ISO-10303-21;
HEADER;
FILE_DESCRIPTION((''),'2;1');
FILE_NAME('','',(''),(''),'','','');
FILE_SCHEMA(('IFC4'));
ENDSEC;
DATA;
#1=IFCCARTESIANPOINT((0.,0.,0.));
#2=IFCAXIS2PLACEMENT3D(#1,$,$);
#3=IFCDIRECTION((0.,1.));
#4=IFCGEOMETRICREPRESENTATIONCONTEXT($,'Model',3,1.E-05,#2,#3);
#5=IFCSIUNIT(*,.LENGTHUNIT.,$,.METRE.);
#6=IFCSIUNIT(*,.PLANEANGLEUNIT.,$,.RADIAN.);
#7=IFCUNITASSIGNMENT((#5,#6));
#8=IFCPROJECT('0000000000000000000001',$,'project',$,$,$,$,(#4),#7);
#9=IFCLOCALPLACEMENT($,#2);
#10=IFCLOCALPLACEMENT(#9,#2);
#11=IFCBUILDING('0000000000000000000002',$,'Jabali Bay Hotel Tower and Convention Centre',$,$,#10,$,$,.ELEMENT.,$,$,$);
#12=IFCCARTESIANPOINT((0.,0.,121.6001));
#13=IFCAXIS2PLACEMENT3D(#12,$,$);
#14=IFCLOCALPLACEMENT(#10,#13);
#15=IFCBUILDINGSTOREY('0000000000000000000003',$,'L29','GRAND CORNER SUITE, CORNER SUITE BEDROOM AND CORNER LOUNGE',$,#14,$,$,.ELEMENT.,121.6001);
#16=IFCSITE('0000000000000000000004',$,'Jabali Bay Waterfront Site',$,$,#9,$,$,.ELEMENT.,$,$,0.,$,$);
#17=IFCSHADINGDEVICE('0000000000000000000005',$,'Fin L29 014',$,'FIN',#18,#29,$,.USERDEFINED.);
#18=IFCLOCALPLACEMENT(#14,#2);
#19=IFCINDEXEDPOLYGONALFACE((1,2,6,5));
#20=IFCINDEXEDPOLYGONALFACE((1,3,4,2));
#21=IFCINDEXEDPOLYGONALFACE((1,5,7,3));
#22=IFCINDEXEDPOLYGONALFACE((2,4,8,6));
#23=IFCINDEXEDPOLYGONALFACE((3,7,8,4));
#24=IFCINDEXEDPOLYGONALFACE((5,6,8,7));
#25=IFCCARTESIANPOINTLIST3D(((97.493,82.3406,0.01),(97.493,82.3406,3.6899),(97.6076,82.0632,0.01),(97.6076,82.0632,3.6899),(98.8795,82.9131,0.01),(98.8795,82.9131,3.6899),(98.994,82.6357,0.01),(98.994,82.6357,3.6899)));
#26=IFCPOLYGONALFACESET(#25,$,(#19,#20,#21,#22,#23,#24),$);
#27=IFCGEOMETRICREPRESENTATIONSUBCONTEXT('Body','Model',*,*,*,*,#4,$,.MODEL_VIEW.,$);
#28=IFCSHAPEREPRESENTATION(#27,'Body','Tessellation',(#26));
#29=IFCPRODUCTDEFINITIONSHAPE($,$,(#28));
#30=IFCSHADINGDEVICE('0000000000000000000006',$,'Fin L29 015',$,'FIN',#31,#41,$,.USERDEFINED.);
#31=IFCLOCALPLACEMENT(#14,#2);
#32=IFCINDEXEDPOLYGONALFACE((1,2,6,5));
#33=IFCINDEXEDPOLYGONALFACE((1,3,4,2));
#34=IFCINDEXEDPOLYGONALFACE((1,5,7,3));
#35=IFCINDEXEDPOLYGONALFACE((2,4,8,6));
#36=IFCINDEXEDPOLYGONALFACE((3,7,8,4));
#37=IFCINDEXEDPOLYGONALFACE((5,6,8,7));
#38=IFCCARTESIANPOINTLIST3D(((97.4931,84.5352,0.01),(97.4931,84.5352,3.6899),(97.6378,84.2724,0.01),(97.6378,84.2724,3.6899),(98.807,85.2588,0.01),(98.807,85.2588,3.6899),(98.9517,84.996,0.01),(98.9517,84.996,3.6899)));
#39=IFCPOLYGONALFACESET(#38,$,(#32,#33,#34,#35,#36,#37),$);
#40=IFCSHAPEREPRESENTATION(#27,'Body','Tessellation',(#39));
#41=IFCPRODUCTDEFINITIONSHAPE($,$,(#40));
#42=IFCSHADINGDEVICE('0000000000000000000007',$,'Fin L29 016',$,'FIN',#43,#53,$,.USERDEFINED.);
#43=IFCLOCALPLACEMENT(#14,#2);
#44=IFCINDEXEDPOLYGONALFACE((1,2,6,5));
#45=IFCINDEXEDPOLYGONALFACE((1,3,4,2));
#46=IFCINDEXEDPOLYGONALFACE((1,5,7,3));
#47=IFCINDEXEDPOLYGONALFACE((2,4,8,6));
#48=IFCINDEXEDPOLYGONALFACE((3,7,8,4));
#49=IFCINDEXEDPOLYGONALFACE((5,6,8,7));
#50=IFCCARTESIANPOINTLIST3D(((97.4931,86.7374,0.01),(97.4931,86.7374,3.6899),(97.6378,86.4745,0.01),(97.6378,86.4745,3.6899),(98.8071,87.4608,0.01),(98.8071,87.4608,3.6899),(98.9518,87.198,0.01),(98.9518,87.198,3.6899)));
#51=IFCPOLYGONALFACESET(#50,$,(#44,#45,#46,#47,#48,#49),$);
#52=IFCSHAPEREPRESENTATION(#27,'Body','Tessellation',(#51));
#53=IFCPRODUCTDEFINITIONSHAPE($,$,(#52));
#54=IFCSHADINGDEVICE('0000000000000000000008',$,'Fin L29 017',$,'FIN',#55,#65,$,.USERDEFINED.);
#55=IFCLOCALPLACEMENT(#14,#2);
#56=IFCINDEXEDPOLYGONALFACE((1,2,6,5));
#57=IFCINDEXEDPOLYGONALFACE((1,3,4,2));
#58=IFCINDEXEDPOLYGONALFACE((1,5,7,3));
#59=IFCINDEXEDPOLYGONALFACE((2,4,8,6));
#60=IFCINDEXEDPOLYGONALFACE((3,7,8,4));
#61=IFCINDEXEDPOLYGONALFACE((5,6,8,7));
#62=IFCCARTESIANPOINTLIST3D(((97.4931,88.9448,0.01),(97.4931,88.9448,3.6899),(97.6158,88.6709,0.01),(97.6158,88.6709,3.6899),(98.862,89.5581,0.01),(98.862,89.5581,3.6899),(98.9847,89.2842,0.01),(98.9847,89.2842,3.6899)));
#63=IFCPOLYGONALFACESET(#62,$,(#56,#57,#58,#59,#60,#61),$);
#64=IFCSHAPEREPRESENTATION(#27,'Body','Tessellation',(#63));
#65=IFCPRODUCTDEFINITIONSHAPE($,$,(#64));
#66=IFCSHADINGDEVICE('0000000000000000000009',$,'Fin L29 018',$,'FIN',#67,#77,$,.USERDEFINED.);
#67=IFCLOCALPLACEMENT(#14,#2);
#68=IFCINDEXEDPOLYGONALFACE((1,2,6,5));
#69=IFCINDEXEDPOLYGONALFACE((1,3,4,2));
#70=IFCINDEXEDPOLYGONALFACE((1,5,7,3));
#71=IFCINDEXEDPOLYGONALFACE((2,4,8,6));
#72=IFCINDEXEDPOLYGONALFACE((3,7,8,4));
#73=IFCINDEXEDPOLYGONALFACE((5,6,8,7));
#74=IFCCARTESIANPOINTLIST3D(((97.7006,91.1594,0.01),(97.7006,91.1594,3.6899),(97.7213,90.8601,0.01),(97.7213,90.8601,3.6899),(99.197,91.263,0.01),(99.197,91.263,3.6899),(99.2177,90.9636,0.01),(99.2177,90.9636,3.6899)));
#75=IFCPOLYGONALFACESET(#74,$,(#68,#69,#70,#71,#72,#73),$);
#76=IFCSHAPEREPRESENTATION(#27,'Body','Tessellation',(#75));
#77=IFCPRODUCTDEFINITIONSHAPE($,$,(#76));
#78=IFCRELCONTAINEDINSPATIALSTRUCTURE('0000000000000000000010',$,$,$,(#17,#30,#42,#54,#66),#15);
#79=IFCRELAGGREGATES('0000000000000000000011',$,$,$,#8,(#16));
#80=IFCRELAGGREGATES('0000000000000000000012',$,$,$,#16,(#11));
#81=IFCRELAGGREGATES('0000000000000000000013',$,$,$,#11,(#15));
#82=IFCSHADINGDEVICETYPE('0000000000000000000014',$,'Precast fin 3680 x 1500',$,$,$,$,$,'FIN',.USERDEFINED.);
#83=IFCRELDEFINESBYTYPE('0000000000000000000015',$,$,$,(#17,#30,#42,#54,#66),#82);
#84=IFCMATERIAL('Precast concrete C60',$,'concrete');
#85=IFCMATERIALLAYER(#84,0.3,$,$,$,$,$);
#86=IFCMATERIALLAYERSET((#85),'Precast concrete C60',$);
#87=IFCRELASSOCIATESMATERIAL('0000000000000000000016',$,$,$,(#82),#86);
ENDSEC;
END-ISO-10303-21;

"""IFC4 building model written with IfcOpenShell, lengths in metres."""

from ifc_helpers import new_model, si_unit, direction, frame, frame_2d, origin, place, context, subcontext, project, spatial, rectangle, extrude, material, layer, layer_set, type_object, element, save


model = new_model("IFC4")

# Units and contexts
model_context = context("Model", 3, precision=1e-05, world=origin(), true_north=direction((0.0, 1.0)))
body_context = subcontext(model_context, "Body", "Model", "MODEL_VIEW")
ifc_project = project(units=[si_unit("LENGTHUNIT", "METRE"), si_unit("PLANEANGLEUNIT", "RADIAN")], contexts=[model_context])

# Site, building, storey
site_placement = place(None, origin())
site = spatial("IfcSite", under=ifc_project, at=site_placement, Name="Jabali Bay Waterfront Site", CompositionType="ELEMENT", RefElevation=0.0)
building_placement = place(site_placement, origin())
building = spatial("IfcBuilding", under=site, at=building_placement, Name="Jabali Bay Hotel Tower and Convention Centre", CompositionType="ELEMENT")
storey_placement = place(building_placement, frame((0.0, 0.0, 121.6001)))
storey = spatial("IfcBuildingStorey", under=building, at=storey_placement, Name="L29", Description="GRAND CORNER SUITE, CORNER SUITE BEDROOM AND CORNER LOUNGE", CompositionType="ELEMENT", Elevation=121.6001)

# Shading devices
ifc_material_1 = material(Name="Precast concrete C60", Category="concrete")
ifc_layer_1 = layer(ifc_material_1, 0.3)
ifc_layer_set_1 = layer_set([ifc_layer_1], Name="Precast concrete C60")
shading_device_type = type_object("IfcShadingDeviceType", Name="Precast fin 3680 x 1500", ElementType="FIN", PredefinedType="USERDEFINED", material=ifc_layer_set_1)
for number, where, z_axis, x_axis, name in (
    (1, (97.5503, 82.2019, 0.01), (0.0, 0.0, 1.0), (0.9243, 0.381666, 0.0), "Fin L29 014"),
    (2, (97.5654, 84.4038, 0.01), (0.0, 0.0, 1.0), (0.875948, 0.482406, 0.0), "Fin L29 015"),
    (3, (97.5654, 86.606, 0.01), (0.0, 0.0, 1.0), (0.876017, 0.482281, 0.0), "Fin L29 016"),
    (4, (97.5544, 88.8079, 0.01), (0.0, 0.0, 1.0), (0.912599, 0.408855, 0.0), "Fin L29 017"),
    (5, (97.7109, 91.0098, 0.01), (0.0, 0.0, 1.0), (0.997616, 0.069014, 0.0), "Fin L29 018"),
):
    element("IfcShadingDevice", number, at=place(storey_placement, frame(where, z_axis=z_axis, x_axis=x_axis)), inside=storey, type_object=shading_device_type, Name=name, ObjectType="FIN", PredefinedType="USERDEFINED", context=body_context, shape_type="SweptSolid", body=[
        extrude(rectangle(XDim=1.5, YDim=0.3, at=frame_2d((0.75, 0.0))), origin(), (0.0, 0.0, 1.0), 3.6799),
    ])

save(model, "model.ifc")
